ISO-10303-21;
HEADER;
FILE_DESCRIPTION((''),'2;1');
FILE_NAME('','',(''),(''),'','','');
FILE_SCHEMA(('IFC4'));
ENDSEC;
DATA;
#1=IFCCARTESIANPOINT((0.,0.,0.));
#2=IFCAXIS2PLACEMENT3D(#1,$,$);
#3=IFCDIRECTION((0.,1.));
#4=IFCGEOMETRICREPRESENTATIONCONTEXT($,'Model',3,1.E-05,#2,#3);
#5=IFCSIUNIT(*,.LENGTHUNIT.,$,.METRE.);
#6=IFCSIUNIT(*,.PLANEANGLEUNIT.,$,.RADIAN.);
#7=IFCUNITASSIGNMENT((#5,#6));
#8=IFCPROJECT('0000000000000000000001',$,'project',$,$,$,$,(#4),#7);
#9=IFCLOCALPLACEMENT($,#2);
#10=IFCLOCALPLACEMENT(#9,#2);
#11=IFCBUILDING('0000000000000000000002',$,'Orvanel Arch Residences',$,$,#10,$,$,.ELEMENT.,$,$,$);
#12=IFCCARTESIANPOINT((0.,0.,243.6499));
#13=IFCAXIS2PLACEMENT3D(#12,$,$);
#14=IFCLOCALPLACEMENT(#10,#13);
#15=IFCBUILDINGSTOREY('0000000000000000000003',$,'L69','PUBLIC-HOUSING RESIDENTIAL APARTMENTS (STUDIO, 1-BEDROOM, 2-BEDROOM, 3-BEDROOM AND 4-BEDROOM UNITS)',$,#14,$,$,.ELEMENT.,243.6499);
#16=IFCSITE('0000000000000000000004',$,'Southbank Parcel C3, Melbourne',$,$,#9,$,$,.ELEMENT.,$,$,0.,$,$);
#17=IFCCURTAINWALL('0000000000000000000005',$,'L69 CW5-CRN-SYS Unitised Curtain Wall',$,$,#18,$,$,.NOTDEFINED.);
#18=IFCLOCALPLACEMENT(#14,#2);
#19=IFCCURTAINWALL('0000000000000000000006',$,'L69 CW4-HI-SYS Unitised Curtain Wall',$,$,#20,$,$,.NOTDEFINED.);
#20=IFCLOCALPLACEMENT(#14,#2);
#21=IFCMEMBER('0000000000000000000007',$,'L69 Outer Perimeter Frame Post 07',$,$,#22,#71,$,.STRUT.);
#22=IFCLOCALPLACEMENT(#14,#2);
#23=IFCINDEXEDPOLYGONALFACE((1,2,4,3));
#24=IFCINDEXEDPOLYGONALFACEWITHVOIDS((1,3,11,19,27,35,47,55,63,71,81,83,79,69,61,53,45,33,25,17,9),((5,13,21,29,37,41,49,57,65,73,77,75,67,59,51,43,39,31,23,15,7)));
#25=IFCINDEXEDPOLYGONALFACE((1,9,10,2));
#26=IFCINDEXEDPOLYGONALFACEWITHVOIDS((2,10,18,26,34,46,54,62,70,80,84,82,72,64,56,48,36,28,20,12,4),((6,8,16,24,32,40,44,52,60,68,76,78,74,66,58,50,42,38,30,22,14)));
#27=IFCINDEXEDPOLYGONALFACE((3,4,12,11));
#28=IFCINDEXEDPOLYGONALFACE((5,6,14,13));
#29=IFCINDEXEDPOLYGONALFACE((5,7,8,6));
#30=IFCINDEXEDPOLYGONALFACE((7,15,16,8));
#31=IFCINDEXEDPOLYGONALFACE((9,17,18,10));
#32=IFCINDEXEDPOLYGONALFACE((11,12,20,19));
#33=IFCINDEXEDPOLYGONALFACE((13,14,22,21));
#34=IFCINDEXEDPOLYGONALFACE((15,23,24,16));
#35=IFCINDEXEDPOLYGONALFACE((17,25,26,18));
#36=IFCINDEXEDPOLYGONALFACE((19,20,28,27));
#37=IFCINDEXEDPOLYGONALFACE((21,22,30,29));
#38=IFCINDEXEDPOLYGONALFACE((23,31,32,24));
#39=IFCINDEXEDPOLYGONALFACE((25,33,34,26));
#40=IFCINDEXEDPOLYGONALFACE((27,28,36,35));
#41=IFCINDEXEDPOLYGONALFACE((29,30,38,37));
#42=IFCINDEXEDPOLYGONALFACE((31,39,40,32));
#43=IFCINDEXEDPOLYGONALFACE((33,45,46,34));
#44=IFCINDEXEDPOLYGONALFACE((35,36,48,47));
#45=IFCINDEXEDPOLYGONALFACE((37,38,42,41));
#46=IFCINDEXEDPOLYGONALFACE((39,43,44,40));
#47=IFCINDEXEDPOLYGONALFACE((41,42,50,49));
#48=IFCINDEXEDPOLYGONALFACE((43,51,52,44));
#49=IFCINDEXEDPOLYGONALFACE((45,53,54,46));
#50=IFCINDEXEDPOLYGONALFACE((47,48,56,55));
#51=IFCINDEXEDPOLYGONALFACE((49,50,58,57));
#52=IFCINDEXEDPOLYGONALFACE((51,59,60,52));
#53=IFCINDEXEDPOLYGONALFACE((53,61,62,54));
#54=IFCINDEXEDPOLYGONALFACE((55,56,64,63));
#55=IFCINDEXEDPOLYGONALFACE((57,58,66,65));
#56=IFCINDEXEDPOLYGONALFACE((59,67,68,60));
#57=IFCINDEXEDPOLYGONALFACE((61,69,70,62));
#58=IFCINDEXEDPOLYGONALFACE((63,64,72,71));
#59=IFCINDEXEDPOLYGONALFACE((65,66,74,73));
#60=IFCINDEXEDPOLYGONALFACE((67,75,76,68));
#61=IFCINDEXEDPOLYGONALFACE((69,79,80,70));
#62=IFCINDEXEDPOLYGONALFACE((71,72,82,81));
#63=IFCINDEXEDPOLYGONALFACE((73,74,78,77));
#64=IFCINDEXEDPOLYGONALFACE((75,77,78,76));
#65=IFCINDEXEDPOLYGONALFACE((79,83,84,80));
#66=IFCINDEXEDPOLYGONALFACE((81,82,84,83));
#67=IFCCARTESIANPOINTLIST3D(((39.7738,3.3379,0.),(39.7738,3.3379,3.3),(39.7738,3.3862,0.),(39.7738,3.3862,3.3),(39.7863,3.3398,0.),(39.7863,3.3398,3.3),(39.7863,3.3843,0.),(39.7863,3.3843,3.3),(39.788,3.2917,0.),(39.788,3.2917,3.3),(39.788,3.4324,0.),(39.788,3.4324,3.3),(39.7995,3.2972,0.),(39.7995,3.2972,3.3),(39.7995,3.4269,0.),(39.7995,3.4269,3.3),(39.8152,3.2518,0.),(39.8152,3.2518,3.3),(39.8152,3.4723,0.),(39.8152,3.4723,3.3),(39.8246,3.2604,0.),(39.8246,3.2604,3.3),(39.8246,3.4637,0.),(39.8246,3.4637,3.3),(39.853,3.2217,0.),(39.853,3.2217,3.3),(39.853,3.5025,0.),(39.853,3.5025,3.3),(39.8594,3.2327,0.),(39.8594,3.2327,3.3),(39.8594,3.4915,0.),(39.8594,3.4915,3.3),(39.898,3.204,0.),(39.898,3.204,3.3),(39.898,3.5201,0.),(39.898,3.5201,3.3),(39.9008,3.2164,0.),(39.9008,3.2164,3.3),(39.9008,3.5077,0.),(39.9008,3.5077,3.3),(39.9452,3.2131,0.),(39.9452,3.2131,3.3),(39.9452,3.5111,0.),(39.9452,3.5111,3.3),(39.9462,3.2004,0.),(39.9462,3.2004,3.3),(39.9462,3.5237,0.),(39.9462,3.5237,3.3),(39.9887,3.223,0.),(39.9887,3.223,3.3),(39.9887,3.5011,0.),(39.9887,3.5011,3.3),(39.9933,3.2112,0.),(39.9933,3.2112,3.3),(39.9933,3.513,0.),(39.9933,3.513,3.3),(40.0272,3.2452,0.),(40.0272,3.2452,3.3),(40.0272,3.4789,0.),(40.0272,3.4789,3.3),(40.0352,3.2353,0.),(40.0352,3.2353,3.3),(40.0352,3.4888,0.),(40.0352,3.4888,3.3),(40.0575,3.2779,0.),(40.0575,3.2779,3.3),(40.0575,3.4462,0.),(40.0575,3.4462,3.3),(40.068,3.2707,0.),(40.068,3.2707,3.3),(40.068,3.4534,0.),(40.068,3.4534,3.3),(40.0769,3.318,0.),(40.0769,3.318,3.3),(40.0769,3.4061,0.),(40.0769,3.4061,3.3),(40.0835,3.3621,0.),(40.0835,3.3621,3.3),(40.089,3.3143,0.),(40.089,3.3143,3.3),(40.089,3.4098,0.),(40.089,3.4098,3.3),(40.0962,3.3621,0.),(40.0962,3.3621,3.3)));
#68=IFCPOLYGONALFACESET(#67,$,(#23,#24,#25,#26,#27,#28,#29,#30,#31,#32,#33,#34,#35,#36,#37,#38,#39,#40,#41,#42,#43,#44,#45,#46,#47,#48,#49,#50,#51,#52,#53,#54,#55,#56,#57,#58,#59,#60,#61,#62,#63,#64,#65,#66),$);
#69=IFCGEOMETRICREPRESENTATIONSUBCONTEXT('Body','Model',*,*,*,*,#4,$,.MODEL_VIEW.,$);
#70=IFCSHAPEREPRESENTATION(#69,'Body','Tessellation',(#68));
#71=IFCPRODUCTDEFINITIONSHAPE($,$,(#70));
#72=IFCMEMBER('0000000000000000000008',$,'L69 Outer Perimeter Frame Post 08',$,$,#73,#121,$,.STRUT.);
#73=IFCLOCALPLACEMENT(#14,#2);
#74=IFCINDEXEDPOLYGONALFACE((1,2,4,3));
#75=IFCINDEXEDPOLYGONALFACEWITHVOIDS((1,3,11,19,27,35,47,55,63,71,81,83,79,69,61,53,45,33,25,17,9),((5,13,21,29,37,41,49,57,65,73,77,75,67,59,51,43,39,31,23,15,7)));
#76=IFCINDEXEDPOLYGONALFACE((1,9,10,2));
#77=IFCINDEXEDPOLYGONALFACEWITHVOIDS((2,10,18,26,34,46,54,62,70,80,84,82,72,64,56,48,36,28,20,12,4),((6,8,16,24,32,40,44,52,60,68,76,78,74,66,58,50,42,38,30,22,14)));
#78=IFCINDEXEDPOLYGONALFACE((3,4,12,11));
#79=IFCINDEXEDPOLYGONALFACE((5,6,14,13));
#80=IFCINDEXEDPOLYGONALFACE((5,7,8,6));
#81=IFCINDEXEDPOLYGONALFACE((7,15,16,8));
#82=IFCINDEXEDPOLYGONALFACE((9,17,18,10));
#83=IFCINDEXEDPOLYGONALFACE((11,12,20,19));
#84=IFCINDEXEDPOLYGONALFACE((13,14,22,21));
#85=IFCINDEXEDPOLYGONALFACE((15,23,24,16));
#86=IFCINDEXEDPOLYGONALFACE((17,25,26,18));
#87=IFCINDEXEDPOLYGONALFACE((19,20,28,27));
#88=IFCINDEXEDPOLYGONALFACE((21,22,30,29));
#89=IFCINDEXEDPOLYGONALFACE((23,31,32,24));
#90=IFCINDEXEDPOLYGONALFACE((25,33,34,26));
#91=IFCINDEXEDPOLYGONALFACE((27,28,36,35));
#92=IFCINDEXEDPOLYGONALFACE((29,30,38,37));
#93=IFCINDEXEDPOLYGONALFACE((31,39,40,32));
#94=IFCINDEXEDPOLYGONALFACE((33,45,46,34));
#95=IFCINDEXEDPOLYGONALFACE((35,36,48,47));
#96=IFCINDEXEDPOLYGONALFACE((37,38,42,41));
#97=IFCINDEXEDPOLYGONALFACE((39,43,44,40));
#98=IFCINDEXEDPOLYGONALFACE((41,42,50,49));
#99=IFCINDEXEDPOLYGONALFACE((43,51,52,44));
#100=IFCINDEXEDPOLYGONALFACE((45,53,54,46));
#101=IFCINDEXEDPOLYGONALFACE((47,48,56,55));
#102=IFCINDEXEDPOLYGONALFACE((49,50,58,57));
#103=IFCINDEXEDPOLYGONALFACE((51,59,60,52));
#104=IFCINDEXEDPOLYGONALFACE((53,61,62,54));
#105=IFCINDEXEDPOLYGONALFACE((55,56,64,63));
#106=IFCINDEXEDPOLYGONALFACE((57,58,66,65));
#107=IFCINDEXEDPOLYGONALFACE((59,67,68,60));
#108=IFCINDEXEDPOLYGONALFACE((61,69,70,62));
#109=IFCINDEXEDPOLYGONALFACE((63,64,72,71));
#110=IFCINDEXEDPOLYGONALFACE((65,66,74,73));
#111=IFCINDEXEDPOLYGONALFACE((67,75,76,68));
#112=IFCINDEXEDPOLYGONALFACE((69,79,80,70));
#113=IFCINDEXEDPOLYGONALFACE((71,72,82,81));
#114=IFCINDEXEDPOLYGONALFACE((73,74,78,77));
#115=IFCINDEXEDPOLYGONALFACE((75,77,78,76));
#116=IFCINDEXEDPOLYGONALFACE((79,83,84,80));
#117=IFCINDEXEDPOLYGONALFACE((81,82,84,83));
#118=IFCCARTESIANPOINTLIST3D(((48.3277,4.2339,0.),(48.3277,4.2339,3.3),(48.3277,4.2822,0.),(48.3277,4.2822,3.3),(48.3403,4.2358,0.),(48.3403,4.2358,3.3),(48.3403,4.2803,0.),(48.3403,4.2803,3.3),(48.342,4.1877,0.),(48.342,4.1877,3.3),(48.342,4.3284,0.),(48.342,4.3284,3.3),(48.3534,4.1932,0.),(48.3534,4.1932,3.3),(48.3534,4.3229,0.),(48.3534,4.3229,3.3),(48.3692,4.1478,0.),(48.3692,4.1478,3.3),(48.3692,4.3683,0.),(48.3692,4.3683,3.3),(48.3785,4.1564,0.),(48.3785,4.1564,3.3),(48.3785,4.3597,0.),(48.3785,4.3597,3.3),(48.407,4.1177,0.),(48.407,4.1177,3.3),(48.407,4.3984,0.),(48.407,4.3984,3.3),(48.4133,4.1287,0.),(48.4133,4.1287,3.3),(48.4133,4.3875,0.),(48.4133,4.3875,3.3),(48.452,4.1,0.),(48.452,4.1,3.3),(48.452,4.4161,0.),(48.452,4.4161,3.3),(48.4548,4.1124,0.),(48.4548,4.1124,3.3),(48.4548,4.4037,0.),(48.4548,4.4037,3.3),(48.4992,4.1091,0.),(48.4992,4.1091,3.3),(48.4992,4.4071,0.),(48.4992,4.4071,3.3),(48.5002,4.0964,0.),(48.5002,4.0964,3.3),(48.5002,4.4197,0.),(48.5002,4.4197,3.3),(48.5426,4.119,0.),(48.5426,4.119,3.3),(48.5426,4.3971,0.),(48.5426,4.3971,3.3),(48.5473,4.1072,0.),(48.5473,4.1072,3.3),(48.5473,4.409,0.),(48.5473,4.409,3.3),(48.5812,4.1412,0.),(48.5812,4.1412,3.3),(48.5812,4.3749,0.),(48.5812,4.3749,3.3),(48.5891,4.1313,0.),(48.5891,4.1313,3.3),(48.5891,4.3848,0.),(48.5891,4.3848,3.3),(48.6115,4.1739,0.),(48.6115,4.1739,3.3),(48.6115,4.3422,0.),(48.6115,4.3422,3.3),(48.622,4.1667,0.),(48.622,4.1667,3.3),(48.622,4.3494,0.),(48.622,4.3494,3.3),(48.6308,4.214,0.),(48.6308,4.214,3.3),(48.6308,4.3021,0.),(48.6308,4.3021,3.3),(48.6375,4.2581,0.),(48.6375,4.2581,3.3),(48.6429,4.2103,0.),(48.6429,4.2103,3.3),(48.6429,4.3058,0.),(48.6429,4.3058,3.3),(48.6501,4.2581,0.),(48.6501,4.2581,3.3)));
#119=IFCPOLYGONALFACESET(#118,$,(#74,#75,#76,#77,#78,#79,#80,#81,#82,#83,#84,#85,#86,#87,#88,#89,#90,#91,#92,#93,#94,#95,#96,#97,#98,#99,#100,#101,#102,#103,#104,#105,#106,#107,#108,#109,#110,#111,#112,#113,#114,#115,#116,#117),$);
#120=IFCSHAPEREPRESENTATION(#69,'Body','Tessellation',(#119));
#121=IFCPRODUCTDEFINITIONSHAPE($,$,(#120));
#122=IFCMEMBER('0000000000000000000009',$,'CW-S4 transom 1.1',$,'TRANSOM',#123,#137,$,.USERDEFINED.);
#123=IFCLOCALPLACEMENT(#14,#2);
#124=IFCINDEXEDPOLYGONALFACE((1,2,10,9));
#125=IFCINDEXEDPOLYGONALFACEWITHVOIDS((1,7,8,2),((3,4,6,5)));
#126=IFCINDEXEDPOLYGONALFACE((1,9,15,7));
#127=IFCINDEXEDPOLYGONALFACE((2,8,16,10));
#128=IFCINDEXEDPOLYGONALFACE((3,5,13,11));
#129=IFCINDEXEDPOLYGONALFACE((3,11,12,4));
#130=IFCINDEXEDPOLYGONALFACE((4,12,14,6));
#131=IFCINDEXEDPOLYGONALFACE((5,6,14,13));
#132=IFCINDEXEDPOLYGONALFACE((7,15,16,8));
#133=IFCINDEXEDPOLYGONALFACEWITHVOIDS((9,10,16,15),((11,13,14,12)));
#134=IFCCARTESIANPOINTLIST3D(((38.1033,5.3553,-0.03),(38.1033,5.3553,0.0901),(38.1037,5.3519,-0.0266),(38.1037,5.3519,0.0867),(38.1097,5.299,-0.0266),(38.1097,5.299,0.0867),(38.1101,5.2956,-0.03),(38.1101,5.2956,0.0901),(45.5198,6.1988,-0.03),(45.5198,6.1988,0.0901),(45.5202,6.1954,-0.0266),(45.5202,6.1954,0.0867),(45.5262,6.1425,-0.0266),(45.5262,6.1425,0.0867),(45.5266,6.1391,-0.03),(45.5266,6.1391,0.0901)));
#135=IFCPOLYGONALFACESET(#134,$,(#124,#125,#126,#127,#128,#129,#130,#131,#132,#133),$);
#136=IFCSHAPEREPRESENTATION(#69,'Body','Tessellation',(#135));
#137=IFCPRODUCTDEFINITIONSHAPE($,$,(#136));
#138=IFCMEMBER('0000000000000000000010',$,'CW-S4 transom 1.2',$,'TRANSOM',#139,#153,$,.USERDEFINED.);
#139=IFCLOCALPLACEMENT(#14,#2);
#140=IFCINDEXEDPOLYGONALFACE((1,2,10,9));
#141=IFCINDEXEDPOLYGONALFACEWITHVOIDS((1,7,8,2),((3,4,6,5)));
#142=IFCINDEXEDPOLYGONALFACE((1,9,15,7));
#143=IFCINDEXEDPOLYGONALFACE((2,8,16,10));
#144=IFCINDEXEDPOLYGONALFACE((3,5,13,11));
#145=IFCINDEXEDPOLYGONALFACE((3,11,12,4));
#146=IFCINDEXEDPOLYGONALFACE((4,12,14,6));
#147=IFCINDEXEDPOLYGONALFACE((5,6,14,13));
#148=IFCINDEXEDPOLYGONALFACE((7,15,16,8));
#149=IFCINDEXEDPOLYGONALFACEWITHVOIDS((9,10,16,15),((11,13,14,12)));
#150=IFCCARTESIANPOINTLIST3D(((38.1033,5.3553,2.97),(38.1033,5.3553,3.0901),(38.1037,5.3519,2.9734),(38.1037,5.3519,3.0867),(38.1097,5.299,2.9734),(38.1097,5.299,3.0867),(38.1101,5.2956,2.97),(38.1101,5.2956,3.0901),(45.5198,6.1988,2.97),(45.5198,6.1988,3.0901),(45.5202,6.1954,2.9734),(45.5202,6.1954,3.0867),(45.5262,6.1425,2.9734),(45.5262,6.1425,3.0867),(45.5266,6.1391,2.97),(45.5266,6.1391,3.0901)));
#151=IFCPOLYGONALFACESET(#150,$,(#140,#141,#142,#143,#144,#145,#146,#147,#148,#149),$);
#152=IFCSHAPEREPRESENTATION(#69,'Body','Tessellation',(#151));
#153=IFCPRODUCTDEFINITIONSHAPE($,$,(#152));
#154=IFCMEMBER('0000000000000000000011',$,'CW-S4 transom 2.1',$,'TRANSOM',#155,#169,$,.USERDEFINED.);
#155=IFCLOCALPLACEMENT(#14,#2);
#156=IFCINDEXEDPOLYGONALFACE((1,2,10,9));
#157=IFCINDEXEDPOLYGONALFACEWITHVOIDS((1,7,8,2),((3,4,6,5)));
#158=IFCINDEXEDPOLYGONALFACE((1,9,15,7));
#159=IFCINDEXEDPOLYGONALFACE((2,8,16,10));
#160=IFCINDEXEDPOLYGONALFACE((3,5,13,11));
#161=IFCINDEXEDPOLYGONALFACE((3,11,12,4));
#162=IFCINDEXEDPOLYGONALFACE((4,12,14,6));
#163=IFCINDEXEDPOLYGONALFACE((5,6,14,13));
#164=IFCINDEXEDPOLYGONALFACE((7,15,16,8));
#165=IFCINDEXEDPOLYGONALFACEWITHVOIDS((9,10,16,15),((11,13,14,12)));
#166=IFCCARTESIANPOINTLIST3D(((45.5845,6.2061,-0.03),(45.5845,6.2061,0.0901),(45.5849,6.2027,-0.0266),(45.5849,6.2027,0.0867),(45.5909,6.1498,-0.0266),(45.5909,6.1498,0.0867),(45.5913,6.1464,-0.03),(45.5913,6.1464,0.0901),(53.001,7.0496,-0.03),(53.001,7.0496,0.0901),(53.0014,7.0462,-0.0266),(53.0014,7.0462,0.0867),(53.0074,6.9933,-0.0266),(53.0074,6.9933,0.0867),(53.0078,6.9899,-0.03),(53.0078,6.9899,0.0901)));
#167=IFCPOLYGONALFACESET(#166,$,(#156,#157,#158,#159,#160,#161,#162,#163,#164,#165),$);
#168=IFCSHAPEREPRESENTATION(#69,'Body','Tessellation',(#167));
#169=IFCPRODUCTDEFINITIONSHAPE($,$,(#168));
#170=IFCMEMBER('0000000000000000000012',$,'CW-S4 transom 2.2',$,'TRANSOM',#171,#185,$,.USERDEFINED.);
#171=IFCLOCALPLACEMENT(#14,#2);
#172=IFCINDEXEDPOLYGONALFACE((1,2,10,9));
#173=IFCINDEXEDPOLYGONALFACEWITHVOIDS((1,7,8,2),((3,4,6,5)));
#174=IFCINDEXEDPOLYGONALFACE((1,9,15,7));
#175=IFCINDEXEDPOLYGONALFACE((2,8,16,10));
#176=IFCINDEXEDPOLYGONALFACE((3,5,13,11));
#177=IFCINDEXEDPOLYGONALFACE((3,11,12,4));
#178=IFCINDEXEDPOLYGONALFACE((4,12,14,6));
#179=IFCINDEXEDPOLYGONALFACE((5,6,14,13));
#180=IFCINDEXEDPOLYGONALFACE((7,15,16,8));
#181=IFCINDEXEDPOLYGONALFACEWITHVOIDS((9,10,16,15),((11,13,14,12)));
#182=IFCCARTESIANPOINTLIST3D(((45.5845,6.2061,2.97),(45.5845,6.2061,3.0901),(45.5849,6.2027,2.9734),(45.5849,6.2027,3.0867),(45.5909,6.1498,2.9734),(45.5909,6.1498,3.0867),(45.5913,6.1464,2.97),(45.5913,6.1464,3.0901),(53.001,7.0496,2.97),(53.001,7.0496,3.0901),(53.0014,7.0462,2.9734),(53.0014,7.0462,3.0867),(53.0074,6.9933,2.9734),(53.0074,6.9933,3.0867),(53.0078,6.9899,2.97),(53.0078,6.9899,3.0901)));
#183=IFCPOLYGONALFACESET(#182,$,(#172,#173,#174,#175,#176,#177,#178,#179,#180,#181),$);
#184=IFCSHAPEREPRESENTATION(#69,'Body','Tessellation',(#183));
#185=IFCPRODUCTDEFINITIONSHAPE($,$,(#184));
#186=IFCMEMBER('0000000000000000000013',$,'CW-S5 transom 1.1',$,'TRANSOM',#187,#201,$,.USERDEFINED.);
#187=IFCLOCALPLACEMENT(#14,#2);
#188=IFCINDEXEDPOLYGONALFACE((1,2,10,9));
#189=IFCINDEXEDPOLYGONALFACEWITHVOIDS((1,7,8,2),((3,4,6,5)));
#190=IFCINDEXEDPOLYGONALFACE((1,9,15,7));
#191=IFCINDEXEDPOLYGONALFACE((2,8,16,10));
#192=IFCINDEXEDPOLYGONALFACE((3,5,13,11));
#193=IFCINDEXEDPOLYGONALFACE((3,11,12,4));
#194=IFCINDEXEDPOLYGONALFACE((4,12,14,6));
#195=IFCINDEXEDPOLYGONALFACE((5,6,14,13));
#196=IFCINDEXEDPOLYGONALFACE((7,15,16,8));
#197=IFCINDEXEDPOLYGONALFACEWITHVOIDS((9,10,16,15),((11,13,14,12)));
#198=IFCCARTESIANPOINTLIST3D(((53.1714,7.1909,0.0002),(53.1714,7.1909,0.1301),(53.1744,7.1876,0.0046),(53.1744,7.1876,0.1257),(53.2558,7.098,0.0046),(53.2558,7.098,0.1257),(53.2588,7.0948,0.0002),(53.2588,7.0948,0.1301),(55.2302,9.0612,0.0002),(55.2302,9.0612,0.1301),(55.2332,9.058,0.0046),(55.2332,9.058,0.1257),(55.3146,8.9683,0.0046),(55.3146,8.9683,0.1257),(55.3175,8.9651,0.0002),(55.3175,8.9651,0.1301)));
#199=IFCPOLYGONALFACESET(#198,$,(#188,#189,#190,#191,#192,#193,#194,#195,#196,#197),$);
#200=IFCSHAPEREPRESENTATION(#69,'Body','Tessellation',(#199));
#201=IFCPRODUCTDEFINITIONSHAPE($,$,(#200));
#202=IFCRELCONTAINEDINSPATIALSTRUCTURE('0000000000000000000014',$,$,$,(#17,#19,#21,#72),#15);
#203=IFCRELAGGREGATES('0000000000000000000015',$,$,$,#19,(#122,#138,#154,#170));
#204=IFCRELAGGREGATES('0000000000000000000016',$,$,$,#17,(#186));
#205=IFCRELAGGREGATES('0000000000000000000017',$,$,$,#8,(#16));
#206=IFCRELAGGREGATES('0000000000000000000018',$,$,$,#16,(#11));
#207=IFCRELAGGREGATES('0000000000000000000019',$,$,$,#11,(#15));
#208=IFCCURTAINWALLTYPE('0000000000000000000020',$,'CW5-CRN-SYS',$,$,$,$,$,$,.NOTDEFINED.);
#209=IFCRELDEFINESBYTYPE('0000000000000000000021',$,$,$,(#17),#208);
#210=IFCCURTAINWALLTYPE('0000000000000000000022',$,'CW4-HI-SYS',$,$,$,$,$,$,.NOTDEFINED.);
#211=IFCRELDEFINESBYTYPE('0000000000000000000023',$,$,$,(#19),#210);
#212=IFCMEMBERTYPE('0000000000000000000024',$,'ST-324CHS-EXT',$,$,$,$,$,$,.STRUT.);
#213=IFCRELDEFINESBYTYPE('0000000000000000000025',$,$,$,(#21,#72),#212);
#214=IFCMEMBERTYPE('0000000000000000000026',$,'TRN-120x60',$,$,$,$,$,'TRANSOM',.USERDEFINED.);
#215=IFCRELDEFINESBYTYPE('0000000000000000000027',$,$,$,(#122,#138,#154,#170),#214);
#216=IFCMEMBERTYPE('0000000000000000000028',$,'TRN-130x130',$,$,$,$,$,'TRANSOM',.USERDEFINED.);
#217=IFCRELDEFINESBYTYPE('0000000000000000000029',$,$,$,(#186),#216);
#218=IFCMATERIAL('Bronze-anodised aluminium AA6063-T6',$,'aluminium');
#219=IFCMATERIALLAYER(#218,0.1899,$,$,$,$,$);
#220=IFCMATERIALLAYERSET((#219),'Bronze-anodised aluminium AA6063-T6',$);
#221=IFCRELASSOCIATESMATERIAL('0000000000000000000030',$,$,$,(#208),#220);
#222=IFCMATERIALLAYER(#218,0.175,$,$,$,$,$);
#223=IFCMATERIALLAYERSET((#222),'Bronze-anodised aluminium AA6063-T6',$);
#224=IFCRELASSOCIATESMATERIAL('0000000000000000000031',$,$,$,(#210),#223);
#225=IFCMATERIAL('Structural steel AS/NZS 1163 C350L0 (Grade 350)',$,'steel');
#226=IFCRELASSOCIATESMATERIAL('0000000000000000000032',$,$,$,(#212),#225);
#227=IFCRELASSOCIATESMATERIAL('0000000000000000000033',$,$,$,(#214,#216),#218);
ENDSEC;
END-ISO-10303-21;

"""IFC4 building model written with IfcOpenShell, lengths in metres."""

from ifc_helpers import new_model, si_unit, direction, frame, origin, origin_2d, place, context, subcontext, project, spatial, hollow_rectangle, hollow_circle, extrude, material, layer, layer_set, material_profile, profile_set, type_object, element, aggregate, save


model = new_model("IFC4")

# Units and contexts
model_context = context("Model", 3, precision=1e-05, world=origin(), true_north=direction((0.0, 1.0)))
body_context = subcontext(model_context, "Body", "Model", "MODEL_VIEW")
ifc_project = project(units=[si_unit("LENGTHUNIT", "METRE"), si_unit("PLANEANGLEUNIT", "RADIAN")], contexts=[model_context])

# Site, building, storey
site_placement = place(None, origin())
site = spatial("IfcSite", under=ifc_project, at=site_placement, Name="Southbank Parcel C3, Melbourne", CompositionType="ELEMENT", RefElevation=0.0)
building_placement = place(site_placement, origin())
building = spatial("IfcBuilding", under=site, at=building_placement, Name="Orvanel Arch Residences", CompositionType="ELEMENT")
storey_placement = place(building_placement, frame((0.0, 0.0, 243.6499)))
storey = spatial("IfcBuildingStorey", under=building, at=storey_placement, Name="L69", Description="PUBLIC-HOUSING RESIDENTIAL APARTMENTS (STUDIO, 1-BEDROOM, 2-BEDROOM, 3-BEDROOM AND 4-BEDROOM UNITS)", CompositionType="ELEMENT", Elevation=243.6499)

# Shared definitions
ifc_material_1 = material(Name="Structural steel AS/NZS 1163 C350L0 (Grade 350)", Category="steel")

# Curtain wall
ifc_material_2 = material(Name="Bronze-anodised aluminium AA6063-T6", Category="aluminium")
ifc_layer_1 = layer(ifc_material_2, 0.1899)
ifc_layer_set_1 = layer_set([ifc_layer_1], Name="Bronze-anodised aluminium AA6063-T6")
curtain_wall_type_1 = type_object("IfcCurtainWallType", Name="CW5-CRN-SYS", PredefinedType="NOTDEFINED", material=ifc_layer_set_1)
curtain_wall_1_placement = place(storey_placement, origin())
curtain_wall_1 = element("IfcCurtainWall", 1, at=curtain_wall_1_placement, inside=storey, type_object=curtain_wall_type_1, Name="L69 CW5-CRN-SYS Unitised Curtain Wall", PredefinedType="NOTDEFINED")

# Curtain wall
ifc_layer_2 = layer(ifc_material_2, 0.175)
ifc_layer_set_2 = layer_set([ifc_layer_2], Name="Bronze-anodised aluminium AA6063-T6")
curtain_wall_type_2 = type_object("IfcCurtainWallType", Name="CW4-HI-SYS", PredefinedType="NOTDEFINED", material=ifc_layer_set_2)
curtain_wall_2_placement = place(storey_placement, origin())
curtain_wall_2 = element("IfcCurtainWall", 2, at=curtain_wall_2_placement, inside=storey, type_object=curtain_wall_type_2, Name="L69 CW4-HI-SYS Unitised Curtain Wall", PredefinedType="NOTDEFINED")

# Members
ifc_material_profile_1 = material_profile(ifc_material_1, hollow_circle(Radius=0.1621, WallThickness=0.0127, at=origin_2d()), Name="CHS324x12.7")
ifc_profile_set_1 = profile_set([ifc_material_profile_1], Name="Structural steel AS/NZS 1163 C350L0 (Grade 350)")
member_type_1 = type_object("IfcMemberType", Name="ST-324CHS-EXT", PredefinedType="STRUT", material=ifc_profile_set_1)
for number, where, z_axis, x_axis, name in (
    (3, (39.9341, 3.3621, 0.0), (0.0, 0.0, 1.0), (1.0, 0.0, 0.0), "L69 Outer Perimeter Frame Post 07"),
    (4, (48.488, 4.2581, 0.0), (0.0, 0.0, 1.0), (1.0, 0.0, 0.0), "L69 Outer Perimeter Frame Post 08"),
):
    element("IfcMember", number, at=place(storey_placement, frame(where, z_axis=z_axis, x_axis=x_axis)), inside=storey, type_object=member_type_1, Name=name, PredefinedType="STRUT", context=body_context, shape_type="SweptSolid", body=[
        extrude(hollow_circle(Radius=0.1621, WallThickness=0.0127, at=origin_2d()), origin(), (0.0, 0.0, 1.0), 3.3),
    ])

# Members
ifc_material_profile_2 = material_profile(ifc_material_2, hollow_rectangle(XDim=0.0601, YDim=0.1201, WallThickness=0.0034, at=origin_2d()), Name="ALU120x60x3.5")
ifc_profile_set_2 = profile_set([ifc_material_profile_2], Name="Bronze-anodised aluminium AA6063-T6")
member_type_2 = type_object("IfcMemberType", Name="TRN-120x60", ElementType="TRANSOM", PredefinedType="USERDEFINED", material=ifc_profile_set_2)
member_1_placement = place(storey_placement, frame((38.1067, 5.3254, 0.03), z_axis=(0.993594, 0.113005, 0.0), x_axis=(-0.113005, 0.993594, 0.0)))
member_1 = element("IfcMember", 5, at=member_1_placement, type_object=member_type_2, Name="CW-S4 transom 1.1", ObjectType="TRANSOM", PredefinedType="USERDEFINED", context=body_context, shape_type="SweptSolid", body=[
    extrude(hollow_rectangle(XDim=0.0601, YDim=0.1201, WallThickness=0.0034, at=origin_2d()), origin(), (0.0, 0.0, 1.0), 7.4644),
])
member_2_placement = place(storey_placement, frame((38.1067, 5.3254, 3.03), z_axis=(0.993594, 0.113005, 0.0), x_axis=(-0.113005, 0.993594, 0.0)))
member_2 = element("IfcMember", 6, at=member_2_placement, type_object=member_type_2, Name="CW-S4 transom 1.2", ObjectType="TRANSOM", PredefinedType="USERDEFINED", context=body_context, shape_type="SweptSolid", body=[
    extrude(hollow_rectangle(XDim=0.0601, YDim=0.1201, WallThickness=0.0034, at=origin_2d()), origin(), (0.0, 0.0, 1.0), 7.4644),
])
member_3_placement = place(storey_placement, frame((45.5879, 6.1763, 0.03), z_axis=(0.993594, 0.113005, 0.0), x_axis=(-0.113005, 0.993594, 0.0)))
member_3 = element("IfcMember", 7, at=member_3_placement, type_object=member_type_2, Name="CW-S4 transom 2.1", ObjectType="TRANSOM", PredefinedType="USERDEFINED", context=body_context, shape_type="SweptSolid", body=[
    extrude(hollow_rectangle(XDim=0.0601, YDim=0.1201, WallThickness=0.0034, at=origin_2d()), origin(), (0.0, 0.0, 1.0), 7.4644),
])
member_4_placement = place(storey_placement, frame((45.5879, 6.1763, 3.03), z_axis=(0.993594, 0.113005, 0.0), x_axis=(-0.113005, 0.993594, 0.0)))
member_4 = element("IfcMember", 8, at=member_4_placement, type_object=member_type_2, Name="CW-S4 transom 2.2", ObjectType="TRANSOM", PredefinedType="USERDEFINED", context=body_context, shape_type="SweptSolid", body=[
    extrude(hollow_rectangle(XDim=0.0601, YDim=0.1201, WallThickness=0.0034, at=origin_2d()), origin(), (0.0, 0.0, 1.0), 7.4644),
])
ifc_material_profile_3 = material_profile(ifc_material_2, hollow_rectangle(XDim=0.1299, YDim=0.1299, WallThickness=0.0044, at=origin_2d()), Name="ALU130x130x4.5")
ifc_profile_set_3 = profile_set([ifc_material_profile_3], Name="Bronze-anodised aluminium AA6063-T6")
member_type_3 = type_object("IfcMemberType", Name="TRN-130x130", ElementType="TRANSOM", PredefinedType="USERDEFINED", material=ifc_profile_set_3)
member_5_placement = place(storey_placement, frame((53.2151, 7.1428, 0.0652), z_axis=(0.740174, 0.672415, 0.0), x_axis=(-0.672415, 0.740174, 0.0)))
member_5 = element("IfcMember", 9, at=member_5_placement, type_object=member_type_3, Name="CW-S5 transom 1.1", ObjectType="TRANSOM", PredefinedType="USERDEFINED", context=body_context, shape_type="SweptSolid", body=[
    extrude(hollow_rectangle(XDim=0.1299, YDim=0.1299, WallThickness=0.0044, at=origin_2d()), origin(), (0.0, 0.0, 1.0), 2.7815),
])

aggregate(curtain_wall_2, [member_1, member_2, member_3, member_4])
aggregate(curtain_wall_1, [member_5])

save(model, "model.ifc")
